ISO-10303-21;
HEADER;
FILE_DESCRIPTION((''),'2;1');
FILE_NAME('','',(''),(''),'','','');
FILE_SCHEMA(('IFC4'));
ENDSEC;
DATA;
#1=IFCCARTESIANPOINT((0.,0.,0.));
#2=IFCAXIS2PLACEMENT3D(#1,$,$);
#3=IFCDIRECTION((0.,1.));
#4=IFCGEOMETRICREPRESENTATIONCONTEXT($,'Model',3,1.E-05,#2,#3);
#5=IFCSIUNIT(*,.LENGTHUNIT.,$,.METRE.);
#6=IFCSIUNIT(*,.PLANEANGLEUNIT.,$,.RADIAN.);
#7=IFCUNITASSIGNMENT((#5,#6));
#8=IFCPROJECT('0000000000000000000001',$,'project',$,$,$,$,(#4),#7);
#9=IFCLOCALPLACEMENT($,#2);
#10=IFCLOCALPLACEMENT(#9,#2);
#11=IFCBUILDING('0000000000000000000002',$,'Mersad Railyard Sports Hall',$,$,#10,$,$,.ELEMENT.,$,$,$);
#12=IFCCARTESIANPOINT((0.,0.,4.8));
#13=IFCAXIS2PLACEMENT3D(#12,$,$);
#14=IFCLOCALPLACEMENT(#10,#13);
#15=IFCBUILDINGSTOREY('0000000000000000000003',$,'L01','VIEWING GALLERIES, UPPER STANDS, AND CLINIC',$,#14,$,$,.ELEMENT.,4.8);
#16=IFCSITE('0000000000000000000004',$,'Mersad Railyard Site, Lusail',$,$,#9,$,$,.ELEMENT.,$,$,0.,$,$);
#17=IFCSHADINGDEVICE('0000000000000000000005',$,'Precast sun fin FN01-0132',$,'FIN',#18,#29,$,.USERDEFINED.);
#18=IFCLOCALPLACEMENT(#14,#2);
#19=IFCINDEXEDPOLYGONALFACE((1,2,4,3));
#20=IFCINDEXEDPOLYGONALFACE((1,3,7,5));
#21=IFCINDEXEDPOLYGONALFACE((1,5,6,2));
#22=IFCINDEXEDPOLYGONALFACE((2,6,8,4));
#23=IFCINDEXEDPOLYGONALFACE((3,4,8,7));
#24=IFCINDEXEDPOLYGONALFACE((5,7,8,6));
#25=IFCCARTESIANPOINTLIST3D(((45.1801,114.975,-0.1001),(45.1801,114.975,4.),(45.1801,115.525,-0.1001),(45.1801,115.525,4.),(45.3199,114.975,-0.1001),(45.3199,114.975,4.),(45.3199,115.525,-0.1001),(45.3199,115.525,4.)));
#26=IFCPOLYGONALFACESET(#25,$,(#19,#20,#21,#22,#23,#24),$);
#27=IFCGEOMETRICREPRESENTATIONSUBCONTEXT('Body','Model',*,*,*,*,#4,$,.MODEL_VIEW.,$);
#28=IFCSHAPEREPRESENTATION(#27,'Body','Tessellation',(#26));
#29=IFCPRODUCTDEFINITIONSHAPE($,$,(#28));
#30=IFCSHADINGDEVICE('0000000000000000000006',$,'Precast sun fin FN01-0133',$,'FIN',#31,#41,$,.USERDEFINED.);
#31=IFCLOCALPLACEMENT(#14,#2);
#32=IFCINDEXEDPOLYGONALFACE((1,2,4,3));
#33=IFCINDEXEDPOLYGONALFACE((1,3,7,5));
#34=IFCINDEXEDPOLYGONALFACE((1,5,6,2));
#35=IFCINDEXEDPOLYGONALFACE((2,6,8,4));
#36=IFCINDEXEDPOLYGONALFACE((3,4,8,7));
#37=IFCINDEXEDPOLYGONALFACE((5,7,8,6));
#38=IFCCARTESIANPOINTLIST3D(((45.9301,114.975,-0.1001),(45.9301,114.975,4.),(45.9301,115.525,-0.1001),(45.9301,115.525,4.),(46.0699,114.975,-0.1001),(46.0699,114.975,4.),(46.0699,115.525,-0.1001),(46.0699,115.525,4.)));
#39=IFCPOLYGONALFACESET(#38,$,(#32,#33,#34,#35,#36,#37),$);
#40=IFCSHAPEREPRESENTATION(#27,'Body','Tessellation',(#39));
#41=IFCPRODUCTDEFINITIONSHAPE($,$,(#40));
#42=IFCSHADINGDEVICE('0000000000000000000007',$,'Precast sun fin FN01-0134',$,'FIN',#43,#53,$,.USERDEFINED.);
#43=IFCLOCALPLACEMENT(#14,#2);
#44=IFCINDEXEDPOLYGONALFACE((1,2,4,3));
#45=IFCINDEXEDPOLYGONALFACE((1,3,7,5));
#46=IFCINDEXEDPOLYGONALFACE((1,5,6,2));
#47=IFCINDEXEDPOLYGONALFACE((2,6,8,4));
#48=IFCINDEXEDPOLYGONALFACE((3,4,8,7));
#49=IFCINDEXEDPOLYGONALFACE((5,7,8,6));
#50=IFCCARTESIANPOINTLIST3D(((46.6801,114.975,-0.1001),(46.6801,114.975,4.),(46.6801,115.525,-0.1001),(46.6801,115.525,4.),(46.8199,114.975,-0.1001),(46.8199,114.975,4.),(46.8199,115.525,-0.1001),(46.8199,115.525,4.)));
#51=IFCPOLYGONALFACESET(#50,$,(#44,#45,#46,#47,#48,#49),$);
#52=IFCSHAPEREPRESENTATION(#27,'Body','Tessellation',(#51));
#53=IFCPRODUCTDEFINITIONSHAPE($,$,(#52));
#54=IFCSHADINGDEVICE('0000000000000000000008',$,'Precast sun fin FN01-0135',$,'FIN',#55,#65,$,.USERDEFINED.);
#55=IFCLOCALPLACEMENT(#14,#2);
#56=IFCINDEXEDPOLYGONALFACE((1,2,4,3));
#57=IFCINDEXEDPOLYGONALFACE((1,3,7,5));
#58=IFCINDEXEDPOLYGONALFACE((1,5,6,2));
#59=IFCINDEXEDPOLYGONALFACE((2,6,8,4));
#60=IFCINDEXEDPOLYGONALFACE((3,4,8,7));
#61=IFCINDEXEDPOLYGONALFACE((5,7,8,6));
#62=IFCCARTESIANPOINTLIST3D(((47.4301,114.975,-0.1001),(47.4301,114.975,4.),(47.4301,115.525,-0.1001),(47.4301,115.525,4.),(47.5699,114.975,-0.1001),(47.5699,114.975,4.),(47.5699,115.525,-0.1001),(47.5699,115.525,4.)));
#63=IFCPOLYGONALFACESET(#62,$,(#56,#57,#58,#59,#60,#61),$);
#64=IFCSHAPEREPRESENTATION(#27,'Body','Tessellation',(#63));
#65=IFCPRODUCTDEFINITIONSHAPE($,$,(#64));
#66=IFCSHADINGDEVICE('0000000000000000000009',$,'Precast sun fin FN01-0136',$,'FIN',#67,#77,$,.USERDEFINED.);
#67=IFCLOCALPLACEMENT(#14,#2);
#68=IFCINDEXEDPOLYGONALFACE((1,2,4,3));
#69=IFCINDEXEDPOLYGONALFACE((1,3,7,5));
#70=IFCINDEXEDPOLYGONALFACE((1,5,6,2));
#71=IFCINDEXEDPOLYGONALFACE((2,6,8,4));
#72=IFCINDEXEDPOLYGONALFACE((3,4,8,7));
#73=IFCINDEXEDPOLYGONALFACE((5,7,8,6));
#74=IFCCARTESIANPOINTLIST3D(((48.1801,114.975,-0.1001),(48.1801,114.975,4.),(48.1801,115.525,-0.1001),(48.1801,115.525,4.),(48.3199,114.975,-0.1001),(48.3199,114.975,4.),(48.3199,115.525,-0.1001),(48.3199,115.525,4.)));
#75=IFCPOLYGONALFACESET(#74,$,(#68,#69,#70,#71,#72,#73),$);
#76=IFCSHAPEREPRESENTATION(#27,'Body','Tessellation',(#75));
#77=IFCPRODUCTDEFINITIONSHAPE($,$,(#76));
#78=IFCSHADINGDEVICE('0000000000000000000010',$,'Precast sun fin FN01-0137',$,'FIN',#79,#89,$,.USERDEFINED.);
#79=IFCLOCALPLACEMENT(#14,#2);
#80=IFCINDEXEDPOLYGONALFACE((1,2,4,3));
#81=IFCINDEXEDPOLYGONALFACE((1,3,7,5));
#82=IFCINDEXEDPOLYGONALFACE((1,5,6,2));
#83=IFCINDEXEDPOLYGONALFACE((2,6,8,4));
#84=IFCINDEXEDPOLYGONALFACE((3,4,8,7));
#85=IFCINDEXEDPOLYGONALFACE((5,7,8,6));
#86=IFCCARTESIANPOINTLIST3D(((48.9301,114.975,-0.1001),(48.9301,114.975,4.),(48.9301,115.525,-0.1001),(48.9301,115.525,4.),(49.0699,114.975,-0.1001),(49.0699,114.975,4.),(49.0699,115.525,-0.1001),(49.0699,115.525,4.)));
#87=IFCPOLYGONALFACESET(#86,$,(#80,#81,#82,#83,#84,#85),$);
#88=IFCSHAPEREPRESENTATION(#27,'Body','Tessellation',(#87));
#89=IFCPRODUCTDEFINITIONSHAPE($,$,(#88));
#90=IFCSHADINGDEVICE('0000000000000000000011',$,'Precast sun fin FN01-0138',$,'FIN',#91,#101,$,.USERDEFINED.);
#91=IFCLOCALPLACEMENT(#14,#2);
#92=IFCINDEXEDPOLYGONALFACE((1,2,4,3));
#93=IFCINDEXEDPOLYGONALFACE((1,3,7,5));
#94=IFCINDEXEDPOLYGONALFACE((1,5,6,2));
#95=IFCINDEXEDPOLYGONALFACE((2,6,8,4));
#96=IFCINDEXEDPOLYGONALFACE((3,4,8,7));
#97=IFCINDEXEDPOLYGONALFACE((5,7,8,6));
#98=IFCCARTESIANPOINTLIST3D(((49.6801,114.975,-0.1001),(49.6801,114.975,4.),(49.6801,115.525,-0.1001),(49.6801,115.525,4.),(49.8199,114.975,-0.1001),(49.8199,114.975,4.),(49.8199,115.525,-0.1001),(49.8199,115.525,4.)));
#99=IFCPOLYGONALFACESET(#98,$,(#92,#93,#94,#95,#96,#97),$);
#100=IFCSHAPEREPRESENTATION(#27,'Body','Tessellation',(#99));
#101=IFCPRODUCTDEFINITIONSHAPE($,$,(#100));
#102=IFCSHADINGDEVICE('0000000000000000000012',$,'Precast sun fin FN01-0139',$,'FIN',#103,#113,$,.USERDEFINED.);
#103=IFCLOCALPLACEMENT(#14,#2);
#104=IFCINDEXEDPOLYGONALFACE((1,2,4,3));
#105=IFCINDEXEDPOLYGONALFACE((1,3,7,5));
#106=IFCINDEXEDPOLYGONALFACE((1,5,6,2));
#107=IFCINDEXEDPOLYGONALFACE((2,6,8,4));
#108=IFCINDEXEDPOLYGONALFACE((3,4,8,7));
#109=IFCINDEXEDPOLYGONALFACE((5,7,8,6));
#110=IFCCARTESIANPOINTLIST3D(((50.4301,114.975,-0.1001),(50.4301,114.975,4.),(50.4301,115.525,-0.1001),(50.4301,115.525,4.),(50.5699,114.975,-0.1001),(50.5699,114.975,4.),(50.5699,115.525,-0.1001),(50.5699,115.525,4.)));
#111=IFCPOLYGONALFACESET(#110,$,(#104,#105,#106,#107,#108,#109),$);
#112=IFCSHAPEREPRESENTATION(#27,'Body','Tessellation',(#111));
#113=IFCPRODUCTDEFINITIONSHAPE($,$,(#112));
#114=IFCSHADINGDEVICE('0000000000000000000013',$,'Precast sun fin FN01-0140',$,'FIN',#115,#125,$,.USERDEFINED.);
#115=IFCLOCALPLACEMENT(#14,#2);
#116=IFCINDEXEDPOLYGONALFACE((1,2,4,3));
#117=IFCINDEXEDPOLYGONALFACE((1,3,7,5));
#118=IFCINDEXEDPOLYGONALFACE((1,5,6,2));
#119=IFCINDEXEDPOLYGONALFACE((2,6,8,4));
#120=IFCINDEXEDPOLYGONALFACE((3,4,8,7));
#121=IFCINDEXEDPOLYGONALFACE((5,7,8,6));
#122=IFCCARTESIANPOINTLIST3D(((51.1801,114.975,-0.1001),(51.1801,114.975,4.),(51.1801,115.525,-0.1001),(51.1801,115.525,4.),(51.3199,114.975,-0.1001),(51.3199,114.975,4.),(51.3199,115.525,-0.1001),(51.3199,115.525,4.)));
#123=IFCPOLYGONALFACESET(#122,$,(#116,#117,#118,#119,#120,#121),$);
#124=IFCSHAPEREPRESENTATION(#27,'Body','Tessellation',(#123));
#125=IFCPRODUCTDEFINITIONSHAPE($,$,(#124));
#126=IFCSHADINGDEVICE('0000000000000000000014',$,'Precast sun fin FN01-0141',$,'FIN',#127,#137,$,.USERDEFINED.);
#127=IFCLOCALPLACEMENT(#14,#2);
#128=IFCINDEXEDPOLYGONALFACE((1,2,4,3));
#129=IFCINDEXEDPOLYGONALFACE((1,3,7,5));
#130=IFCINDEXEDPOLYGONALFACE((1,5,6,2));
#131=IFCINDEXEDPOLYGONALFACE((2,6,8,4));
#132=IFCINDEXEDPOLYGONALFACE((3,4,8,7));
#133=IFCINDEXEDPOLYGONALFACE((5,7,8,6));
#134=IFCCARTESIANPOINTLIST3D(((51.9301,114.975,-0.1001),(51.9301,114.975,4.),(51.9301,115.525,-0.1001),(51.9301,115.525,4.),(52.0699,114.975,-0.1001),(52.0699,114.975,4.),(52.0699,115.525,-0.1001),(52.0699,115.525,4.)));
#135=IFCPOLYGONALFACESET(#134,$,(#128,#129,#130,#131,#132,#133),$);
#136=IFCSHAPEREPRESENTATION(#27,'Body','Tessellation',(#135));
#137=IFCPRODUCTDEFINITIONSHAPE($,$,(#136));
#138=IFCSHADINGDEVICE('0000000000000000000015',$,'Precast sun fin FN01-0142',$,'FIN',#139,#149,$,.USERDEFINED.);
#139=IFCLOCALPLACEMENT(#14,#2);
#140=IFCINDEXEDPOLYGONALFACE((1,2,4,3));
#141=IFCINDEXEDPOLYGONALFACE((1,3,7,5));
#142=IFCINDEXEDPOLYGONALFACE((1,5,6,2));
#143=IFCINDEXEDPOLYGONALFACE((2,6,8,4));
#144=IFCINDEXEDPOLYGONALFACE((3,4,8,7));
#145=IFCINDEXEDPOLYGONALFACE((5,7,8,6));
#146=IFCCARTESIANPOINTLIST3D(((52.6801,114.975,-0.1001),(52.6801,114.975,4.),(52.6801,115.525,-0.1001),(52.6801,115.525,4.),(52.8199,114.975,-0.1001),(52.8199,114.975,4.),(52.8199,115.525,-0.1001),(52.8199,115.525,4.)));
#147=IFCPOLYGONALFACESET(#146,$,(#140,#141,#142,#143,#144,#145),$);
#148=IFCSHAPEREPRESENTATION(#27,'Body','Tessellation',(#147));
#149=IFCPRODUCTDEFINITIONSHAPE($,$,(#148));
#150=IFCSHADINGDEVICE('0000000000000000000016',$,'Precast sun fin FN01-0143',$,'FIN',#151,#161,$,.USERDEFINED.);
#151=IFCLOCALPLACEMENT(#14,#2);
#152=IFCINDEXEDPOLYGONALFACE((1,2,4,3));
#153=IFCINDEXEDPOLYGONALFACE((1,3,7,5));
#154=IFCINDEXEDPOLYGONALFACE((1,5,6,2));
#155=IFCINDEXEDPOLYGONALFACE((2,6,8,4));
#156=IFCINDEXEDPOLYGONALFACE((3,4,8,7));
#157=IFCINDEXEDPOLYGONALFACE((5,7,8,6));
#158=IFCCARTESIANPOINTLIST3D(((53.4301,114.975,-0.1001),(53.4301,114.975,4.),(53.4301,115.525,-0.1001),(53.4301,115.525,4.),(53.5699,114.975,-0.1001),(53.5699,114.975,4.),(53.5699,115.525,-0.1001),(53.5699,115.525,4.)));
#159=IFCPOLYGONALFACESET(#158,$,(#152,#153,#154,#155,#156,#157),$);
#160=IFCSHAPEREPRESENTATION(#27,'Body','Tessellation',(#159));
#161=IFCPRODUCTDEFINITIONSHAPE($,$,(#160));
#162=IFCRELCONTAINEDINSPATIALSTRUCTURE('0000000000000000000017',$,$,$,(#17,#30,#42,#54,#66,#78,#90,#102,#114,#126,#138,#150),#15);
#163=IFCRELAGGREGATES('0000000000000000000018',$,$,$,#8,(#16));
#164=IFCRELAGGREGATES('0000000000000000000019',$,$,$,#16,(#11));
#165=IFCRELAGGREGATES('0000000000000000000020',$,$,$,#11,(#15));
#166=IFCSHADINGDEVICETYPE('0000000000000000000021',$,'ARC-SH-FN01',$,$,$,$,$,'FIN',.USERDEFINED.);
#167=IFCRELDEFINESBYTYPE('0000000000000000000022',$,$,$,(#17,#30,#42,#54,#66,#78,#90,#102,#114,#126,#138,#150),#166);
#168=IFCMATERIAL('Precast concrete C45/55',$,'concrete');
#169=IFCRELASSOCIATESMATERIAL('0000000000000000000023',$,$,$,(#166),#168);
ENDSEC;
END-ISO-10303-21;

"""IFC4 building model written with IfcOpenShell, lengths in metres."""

from ifc_helpers import new_model, si_unit, direction, frame, origin, origin_2d, place, context, subcontext, project, spatial, rectangle, extrude, material, type_object, element, save


model = new_model("IFC4")

# Units and contexts
model_context = context("Model", 3, precision=1e-05, world=origin(), true_north=direction((0.0, 1.0)))
body_context = subcontext(model_context, "Body", "Model", "MODEL_VIEW")
ifc_project = project(units=[si_unit("LENGTHUNIT", "METRE"), si_unit("PLANEANGLEUNIT", "RADIAN")], contexts=[model_context])

# Site, building, storey
site_placement = place(None, origin())
site = spatial("IfcSite", under=ifc_project, at=site_placement, Name="Mersad Railyard Site, Lusail", CompositionType="ELEMENT", RefElevation=0.0)
building_placement = place(site_placement, origin())
building = spatial("IfcBuilding", under=site, at=building_placement, Name="Mersad Railyard Sports Hall", CompositionType="ELEMENT")
storey_placement = place(building_placement, frame((0.0, 0.0, 4.8)))
storey = spatial("IfcBuildingStorey", under=building, at=storey_placement, Name="L01", Description="VIEWING GALLERIES, UPPER STANDS, AND CLINIC", CompositionType="ELEMENT", Elevation=4.8)

# Shading devices
ifc_material_1 = material(Name="Precast concrete C45/55", Category="concrete")
shading_device_type = type_object("IfcShadingDeviceType", Name="ARC-SH-FN01", ElementType="FIN", PredefinedType="USERDEFINED", material=ifc_material_1)
for number, where, z_axis, x_axis, name in (
    (1, (45.25, 115.25, -0.1001), (0.0, 0.0, 1.0), (1.0, 0.0, 0.0), "Precast sun fin FN01-0132"),
    (2, (46.0, 115.25, -0.1001), (0.0, 0.0, 1.0), (1.0, 0.0, 0.0), "Precast sun fin FN01-0133"),
    (3, (46.75, 115.25, -0.1001), (0.0, 0.0, 1.0), (1.0, 0.0, 0.0), "Precast sun fin FN01-0134"),
    (4, (47.5, 115.25, -0.1001), (0.0, 0.0, 1.0), (1.0, 0.0, 0.0), "Precast sun fin FN01-0135"),
    (5, (48.25, 115.25, -0.1001), (0.0, 0.0, 1.0), (1.0, 0.0, 0.0), "Precast sun fin FN01-0136"),
    (6, (49.0, 115.25, -0.1001), (0.0, 0.0, 1.0), (1.0, 0.0, 0.0), "Precast sun fin FN01-0137"),
    (7, (49.75, 115.25, -0.1001), (0.0, 0.0, 1.0), (1.0, 0.0, 0.0), "Precast sun fin FN01-0138"),
    (8, (50.5, 115.25, -0.1001), (0.0, 0.0, 1.0), (1.0, 0.0, 0.0), "Precast sun fin FN01-0139"),
    (9, (51.25, 115.25, -0.1001), (0.0, 0.0, 1.0), (1.0, 0.0, 0.0), "Precast sun fin FN01-0140"),
    (10, (52.0, 115.25, -0.1001), (0.0, 0.0, 1.0), (1.0, 0.0, 0.0), "Precast sun fin FN01-0141"),
    (11, (52.75, 115.25, -0.1001), (0.0, 0.0, 1.0), (1.0, 0.0, 0.0), "Precast sun fin FN01-0142"),
    (12, (53.5, 115.25, -0.1001), (0.0, 0.0, 1.0), (1.0, 0.0, 0.0), "Precast sun fin FN01-0143"),
):
    element("IfcShadingDevice", number, at=place(storey_placement, frame(where, z_axis=z_axis, x_axis=x_axis)), inside=storey, type_object=shading_device_type, Name=name, ObjectType="FIN", PredefinedType="USERDEFINED", context=body_context, shape_type="SweptSolid", body=[
        extrude(rectangle(XDim=0.1399, YDim=0.55, at=origin_2d()), origin(), (0.0, 0.0, 1.0), 4.1001),
    ])

save(model, "model.ifc")
